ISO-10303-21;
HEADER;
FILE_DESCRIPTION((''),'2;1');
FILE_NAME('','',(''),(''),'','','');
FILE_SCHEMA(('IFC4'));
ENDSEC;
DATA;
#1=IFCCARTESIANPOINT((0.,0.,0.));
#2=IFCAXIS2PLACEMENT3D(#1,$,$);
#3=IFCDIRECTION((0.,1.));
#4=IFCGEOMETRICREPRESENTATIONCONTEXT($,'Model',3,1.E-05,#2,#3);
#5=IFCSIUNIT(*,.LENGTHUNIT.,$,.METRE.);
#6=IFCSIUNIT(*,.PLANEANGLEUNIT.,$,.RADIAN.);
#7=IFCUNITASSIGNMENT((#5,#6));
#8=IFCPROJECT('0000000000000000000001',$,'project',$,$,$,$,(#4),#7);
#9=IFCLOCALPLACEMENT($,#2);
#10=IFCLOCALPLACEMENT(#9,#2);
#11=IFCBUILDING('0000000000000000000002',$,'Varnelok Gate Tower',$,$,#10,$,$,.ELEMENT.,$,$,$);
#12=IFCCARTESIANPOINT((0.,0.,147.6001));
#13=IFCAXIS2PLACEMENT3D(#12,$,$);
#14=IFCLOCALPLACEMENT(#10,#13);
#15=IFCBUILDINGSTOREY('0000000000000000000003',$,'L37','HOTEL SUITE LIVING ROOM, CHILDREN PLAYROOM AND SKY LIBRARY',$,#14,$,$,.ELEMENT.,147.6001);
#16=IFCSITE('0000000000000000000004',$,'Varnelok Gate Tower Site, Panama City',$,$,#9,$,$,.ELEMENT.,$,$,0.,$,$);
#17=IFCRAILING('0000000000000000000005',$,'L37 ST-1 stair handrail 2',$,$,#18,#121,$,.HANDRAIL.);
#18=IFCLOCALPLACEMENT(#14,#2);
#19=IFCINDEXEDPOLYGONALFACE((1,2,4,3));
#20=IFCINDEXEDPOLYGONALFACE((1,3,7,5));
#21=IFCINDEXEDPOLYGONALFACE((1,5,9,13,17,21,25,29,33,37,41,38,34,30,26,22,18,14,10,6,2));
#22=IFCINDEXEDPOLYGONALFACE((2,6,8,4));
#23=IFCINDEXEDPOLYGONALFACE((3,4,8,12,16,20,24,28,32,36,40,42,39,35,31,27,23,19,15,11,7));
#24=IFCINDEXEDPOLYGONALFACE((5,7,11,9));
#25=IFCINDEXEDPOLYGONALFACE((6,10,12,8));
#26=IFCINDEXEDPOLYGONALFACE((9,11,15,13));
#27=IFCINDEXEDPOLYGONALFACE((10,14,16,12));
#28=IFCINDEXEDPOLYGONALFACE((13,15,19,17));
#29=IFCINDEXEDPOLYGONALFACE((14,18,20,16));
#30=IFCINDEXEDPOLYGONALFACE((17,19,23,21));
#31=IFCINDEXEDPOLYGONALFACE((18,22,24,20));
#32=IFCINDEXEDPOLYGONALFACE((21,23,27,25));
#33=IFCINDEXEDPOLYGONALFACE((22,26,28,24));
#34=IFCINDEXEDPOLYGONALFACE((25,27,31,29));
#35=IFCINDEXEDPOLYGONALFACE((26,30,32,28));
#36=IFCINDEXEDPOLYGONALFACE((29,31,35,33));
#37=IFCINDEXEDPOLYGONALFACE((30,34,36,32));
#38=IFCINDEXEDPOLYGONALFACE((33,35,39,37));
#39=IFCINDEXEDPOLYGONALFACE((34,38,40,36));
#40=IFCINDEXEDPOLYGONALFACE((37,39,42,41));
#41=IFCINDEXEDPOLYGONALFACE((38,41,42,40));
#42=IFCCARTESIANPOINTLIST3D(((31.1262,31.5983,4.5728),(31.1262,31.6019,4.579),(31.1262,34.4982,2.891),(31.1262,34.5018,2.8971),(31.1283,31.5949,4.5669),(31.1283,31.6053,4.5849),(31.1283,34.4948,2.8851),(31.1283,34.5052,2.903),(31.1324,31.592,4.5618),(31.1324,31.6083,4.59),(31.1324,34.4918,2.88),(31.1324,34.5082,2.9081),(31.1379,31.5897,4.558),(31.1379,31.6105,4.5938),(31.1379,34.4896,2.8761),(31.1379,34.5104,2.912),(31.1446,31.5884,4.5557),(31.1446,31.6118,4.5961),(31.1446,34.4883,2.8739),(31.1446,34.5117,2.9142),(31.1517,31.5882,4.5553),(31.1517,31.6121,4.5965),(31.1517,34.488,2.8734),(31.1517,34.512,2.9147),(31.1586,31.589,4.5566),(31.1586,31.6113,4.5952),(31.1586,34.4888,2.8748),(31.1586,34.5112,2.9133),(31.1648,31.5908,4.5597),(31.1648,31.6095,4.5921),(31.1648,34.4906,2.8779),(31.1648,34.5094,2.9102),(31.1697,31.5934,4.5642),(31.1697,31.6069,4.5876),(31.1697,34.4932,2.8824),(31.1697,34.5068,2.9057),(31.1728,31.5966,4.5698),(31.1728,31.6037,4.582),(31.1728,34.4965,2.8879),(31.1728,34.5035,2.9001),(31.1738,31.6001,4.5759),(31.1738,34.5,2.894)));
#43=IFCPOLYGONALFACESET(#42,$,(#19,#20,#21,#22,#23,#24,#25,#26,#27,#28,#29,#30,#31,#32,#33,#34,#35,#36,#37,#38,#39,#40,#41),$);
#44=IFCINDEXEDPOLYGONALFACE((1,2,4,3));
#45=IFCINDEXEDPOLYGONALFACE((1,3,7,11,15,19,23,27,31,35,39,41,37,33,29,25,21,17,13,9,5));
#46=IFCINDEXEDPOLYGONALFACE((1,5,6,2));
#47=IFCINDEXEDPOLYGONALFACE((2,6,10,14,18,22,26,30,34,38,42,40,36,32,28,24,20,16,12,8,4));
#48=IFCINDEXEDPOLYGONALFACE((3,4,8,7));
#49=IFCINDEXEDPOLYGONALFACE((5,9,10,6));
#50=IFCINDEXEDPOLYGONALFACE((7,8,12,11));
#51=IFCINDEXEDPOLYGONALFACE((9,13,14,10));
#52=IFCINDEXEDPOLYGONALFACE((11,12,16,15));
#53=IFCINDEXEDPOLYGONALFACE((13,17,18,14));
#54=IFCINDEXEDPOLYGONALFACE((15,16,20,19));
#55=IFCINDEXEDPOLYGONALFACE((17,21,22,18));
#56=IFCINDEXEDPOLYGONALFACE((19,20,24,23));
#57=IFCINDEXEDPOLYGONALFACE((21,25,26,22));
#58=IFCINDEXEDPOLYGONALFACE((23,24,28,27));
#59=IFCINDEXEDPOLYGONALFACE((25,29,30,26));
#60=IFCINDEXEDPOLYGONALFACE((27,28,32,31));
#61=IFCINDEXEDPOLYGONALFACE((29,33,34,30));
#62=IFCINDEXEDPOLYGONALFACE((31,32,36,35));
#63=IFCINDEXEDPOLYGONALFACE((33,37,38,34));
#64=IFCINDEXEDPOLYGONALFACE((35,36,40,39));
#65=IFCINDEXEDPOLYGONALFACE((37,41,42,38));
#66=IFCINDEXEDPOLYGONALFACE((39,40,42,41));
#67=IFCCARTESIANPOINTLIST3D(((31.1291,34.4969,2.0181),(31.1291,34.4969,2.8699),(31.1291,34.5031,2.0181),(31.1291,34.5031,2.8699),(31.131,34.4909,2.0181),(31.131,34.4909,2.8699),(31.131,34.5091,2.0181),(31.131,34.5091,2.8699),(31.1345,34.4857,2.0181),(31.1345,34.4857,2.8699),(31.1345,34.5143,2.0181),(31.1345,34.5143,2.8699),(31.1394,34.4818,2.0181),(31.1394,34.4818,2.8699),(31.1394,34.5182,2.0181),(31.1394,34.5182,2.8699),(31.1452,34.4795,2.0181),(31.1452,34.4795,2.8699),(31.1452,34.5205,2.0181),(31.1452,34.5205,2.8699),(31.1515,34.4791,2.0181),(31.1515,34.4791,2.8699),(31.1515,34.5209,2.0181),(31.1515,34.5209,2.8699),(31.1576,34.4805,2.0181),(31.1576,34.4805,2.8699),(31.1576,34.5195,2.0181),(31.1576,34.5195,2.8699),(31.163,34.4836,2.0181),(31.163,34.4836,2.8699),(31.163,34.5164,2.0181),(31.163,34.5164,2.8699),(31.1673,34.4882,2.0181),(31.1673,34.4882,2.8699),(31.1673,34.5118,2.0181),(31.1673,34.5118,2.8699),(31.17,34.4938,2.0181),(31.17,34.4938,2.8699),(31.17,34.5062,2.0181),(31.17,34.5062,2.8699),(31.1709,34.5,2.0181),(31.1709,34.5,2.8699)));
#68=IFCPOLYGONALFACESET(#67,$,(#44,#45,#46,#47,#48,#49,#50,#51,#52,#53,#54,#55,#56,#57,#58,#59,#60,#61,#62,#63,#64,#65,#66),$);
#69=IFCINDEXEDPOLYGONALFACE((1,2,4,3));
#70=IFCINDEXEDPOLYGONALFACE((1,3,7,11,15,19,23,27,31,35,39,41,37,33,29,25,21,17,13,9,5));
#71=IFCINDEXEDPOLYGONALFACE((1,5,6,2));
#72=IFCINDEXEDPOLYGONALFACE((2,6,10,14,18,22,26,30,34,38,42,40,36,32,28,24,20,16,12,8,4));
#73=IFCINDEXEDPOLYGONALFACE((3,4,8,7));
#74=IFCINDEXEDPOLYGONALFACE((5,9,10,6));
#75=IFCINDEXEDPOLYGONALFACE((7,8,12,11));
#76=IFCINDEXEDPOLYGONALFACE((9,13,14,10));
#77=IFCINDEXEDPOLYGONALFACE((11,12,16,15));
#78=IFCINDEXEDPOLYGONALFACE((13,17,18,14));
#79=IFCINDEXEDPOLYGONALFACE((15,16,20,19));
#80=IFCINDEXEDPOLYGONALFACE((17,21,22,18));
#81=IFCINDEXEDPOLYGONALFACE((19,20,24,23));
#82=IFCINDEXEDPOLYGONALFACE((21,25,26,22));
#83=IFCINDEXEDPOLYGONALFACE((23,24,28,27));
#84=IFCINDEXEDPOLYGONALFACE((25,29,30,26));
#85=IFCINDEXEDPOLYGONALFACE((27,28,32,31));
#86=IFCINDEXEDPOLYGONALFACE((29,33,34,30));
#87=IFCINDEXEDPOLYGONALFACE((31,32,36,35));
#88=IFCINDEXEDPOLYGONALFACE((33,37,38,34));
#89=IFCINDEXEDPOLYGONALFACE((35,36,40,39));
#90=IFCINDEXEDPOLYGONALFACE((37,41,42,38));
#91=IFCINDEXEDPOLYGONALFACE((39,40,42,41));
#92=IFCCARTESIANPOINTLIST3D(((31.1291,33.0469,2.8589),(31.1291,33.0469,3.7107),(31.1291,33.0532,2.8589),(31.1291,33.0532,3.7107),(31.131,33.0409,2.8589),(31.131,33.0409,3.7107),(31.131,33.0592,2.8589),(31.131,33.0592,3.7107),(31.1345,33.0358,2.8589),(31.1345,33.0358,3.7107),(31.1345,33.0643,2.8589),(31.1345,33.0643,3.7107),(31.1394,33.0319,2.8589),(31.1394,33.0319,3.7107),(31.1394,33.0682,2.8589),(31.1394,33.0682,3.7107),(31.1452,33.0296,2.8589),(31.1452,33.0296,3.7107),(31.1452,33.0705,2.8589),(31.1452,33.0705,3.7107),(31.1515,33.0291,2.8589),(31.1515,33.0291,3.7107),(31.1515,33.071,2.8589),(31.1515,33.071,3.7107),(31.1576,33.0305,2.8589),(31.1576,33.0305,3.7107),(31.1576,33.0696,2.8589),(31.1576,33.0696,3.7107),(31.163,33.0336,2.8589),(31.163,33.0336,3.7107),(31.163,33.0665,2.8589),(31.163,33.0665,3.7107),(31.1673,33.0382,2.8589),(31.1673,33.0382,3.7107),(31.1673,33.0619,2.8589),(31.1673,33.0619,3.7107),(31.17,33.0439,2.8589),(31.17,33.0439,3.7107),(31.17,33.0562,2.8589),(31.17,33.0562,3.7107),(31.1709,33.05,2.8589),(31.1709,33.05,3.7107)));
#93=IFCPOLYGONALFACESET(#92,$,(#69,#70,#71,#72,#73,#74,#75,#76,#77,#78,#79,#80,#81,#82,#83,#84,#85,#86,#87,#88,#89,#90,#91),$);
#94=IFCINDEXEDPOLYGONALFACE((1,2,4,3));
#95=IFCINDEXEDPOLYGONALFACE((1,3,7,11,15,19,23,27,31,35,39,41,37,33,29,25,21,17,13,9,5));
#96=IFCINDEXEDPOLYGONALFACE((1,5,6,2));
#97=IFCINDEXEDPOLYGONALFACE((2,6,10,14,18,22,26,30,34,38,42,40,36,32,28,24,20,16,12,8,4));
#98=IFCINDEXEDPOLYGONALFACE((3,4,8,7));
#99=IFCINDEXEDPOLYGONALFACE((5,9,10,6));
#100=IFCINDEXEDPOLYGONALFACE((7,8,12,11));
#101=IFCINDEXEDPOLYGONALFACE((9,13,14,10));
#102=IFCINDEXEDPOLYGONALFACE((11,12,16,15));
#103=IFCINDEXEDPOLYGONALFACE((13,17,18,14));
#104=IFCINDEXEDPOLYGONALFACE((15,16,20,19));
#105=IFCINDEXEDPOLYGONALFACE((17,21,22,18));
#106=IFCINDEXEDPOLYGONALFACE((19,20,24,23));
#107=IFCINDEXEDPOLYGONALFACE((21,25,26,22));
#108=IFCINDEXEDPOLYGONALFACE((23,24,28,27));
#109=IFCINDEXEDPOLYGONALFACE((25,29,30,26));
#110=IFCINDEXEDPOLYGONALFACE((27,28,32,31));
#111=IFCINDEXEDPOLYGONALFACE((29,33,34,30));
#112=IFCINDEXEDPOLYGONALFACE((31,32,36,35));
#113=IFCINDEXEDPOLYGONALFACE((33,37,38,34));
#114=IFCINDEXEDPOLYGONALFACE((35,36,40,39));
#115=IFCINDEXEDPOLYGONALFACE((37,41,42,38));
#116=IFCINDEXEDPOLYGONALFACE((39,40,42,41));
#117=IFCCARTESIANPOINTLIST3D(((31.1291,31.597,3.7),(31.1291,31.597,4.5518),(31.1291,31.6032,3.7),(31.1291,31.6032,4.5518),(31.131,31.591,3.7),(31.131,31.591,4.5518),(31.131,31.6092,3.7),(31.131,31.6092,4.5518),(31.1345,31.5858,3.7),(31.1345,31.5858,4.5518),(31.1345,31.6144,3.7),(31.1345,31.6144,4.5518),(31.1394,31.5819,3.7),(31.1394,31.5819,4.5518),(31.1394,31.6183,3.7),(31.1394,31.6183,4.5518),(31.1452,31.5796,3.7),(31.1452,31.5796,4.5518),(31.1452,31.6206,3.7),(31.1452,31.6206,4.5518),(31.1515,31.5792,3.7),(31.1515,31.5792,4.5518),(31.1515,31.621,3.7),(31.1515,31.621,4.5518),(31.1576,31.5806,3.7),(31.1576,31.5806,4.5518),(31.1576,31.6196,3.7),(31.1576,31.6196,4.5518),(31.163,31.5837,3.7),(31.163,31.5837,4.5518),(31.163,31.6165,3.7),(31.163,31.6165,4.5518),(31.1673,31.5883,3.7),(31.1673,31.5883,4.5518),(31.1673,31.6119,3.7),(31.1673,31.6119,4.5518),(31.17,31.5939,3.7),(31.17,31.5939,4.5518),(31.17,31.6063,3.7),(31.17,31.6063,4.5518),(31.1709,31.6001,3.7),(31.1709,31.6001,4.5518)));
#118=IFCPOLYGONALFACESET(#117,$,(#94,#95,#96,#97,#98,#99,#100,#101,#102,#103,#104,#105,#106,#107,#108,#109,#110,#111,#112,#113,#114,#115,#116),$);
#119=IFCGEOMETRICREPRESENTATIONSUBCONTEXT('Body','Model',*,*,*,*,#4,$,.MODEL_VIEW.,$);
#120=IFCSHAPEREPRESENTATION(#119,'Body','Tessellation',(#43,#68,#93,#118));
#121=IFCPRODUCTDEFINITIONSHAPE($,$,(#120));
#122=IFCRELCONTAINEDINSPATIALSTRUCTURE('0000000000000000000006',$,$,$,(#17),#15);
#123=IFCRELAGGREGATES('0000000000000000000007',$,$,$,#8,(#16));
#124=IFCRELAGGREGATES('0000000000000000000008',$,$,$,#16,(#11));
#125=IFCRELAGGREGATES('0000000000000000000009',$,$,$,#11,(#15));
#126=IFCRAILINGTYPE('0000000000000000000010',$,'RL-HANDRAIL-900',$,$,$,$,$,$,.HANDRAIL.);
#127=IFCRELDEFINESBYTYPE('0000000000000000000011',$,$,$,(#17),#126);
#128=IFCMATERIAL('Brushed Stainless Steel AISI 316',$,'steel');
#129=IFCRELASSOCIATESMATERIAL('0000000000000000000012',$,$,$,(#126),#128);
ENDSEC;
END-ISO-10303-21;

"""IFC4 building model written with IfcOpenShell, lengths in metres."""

from ifc_helpers import new_model, si_unit, direction, frame, origin, origin_2d, place, context, subcontext, project, spatial, circle, extrude, material, type_object, element, save


model = new_model("IFC4")

# Units and contexts
model_context = context("Model", 3, precision=1e-05, world=origin(), true_north=direction((0.0, 1.0)))
body_context = subcontext(model_context, "Body", "Model", "MODEL_VIEW")
ifc_project = project(units=[si_unit("LENGTHUNIT", "METRE"), si_unit("PLANEANGLEUNIT", "RADIAN")], contexts=[model_context])

# Site, building, storey
site_placement = place(None, origin())
site = spatial("IfcSite", under=ifc_project, at=site_placement, Name="Varnelok Gate Tower Site, Panama City", CompositionType="ELEMENT", RefElevation=0.0)
building_placement = place(site_placement, origin())
building = spatial("IfcBuilding", under=site, at=building_placement, Name="Varnelok Gate Tower", CompositionType="ELEMENT")
storey_placement = place(building_placement, frame((0.0, 0.0, 147.6001)))
storey = spatial("IfcBuildingStorey", under=building, at=storey_placement, Name="L37", Description="HOTEL SUITE LIVING ROOM, CHILDREN PLAYROOM AND SKY LIBRARY", CompositionType="ELEMENT", Elevation=147.6001)

# Railing
ifc_material_1 = material(Name="Brushed Stainless Steel AISI 316", Category="steel")
railing_type_1 = type_object("IfcRailingType", Name="RL-HANDRAIL-900", PredefinedType="HANDRAIL", material=ifc_material_1)
railing_1_placement = place(storey_placement, frame((31.1499, 34.5, 2.0181)))
element("IfcRailing", 1, at=railing_1_placement, inside=storey, type_object=railing_type_1, Name="L37 ST-1 stair handrail 2", PredefinedType="HANDRAIL", context=body_context, shape_type="SweptSolid", body=[
    extrude(circle(Radius=0.0239, at=origin_2d()), frame((0.0, 0.0, 0.876), z_axis=(0.0, -0.865039, 0.501705), x_axis=(1.0, 0.0, 0.0)), (0.0, 0.0, 1.0), 3.3523),
    extrude(circle(Radius=0.021, at=origin_2d()), origin(), (0.0, 0.0, 1.0), 0.8518),
    extrude(circle(Radius=0.021, at=origin_2d()), frame((0.0, -1.45, 0.8408)), (0.0, 0.0, 1.0), 0.8518),
    extrude(circle(Radius=0.021, at=origin_2d()), frame((0.0, -2.8999, 1.6819)), (0.0, 0.0, 1.0), 0.8518),
])

save(model, "model.ifc")
